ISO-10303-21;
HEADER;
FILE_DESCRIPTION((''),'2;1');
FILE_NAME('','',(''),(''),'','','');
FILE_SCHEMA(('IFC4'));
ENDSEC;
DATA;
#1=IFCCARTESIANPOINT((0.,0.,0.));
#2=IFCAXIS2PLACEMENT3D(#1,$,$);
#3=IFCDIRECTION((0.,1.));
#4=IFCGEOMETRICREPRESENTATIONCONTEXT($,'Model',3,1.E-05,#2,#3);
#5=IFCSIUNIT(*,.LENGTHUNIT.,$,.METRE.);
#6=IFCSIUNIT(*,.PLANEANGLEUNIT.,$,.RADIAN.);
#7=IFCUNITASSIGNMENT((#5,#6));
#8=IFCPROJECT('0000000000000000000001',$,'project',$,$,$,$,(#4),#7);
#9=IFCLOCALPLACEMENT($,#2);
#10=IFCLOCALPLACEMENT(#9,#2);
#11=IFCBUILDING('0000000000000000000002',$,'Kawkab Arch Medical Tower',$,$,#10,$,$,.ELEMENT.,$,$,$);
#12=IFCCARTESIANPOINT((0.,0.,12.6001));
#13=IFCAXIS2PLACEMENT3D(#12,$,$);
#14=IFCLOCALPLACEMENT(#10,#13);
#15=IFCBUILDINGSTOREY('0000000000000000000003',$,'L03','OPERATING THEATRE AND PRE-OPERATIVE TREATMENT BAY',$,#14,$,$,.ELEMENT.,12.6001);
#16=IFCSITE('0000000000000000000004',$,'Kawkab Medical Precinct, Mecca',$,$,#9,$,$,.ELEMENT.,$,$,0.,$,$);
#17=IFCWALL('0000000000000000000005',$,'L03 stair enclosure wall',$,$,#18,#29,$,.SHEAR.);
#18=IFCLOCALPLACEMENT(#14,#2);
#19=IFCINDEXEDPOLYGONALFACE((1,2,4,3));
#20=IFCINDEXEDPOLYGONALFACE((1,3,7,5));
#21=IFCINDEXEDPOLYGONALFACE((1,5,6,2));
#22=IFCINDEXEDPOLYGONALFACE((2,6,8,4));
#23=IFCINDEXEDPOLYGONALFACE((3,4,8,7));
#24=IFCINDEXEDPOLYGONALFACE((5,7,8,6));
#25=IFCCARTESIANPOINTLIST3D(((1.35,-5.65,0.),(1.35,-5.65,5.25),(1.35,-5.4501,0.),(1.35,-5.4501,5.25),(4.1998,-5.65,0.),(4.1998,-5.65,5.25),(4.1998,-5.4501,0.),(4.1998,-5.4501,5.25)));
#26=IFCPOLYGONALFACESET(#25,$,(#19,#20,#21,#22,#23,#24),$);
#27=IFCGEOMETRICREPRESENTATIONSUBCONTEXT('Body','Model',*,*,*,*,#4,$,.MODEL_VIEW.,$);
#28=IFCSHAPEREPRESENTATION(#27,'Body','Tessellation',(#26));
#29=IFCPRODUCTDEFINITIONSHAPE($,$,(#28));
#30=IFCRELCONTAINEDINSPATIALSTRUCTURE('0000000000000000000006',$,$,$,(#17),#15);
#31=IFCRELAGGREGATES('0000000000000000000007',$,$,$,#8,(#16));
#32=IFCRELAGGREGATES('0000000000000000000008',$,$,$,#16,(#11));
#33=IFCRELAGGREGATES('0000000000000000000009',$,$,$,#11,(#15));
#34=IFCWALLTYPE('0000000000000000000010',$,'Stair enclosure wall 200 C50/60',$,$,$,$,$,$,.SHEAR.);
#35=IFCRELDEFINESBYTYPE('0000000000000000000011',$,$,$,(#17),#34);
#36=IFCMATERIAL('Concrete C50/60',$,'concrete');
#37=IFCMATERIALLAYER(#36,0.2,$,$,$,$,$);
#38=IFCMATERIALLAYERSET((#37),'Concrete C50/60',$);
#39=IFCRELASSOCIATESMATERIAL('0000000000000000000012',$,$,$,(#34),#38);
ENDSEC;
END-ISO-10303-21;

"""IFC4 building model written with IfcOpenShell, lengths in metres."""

from ifc_helpers import new_model, si_unit, direction, frame, frame_2d, origin, place, context, subcontext, project, spatial, rectangle, extrude, material, layer, layer_set, type_object, element, save


model = new_model("IFC4")

# Units and contexts
model_context = context("Model", 3, precision=1e-05, world=origin(), true_north=direction((0.0, 1.0)))
body_context = subcontext(model_context, "Body", "Model", "MODEL_VIEW")
ifc_project = project(units=[si_unit("LENGTHUNIT", "METRE"), si_unit("PLANEANGLEUNIT", "RADIAN")], contexts=[model_context])

# Site, building, storey
site_placement = place(None, origin())
site = spatial("IfcSite", under=ifc_project, at=site_placement, Name="Kawkab Medical Precinct, Mecca", CompositionType="ELEMENT", RefElevation=0.0)
building_placement = place(site_placement, origin())
building = spatial("IfcBuilding", under=site, at=building_placement, Name="Kawkab Arch Medical Tower", CompositionType="ELEMENT")
storey_placement = place(building_placement, frame((0.0, 0.0, 12.6001)))
storey = spatial("IfcBuildingStorey", under=building, at=storey_placement, Name="L03", Description="OPERATING THEATRE AND PRE-OPERATIVE TREATMENT BAY", CompositionType="ELEMENT", Elevation=12.6001)

# Wall
ifc_material_1 = material(Name="Concrete C50/60", Category="concrete")
ifc_layer_1 = layer(ifc_material_1, 0.2)
ifc_layer_set_1 = layer_set([ifc_layer_1], Name="Concrete C50/60")
wall_type_1 = type_object("IfcWallType", Name="Stair enclosure wall 200 C50/60", PredefinedType="SHEAR", material=ifc_layer_set_1)
wall_1_placement = place(storey_placement, frame((1.3501, -5.55, 0.0), z_axis=(0.0, 0.0, 1.0), x_axis=(1.0, 0.0, 0.0)))
element("IfcWall", 1, at=wall_1_placement, inside=storey, type_object=wall_type_1, Name="L03 stair enclosure wall", PredefinedType="SHEAR", context=body_context, shape_type="SweptSolid", body=[
    extrude(rectangle(XDim=2.8499, YDim=0.2, at=frame_2d((1.4248, 0.0))), origin(), (0.0, 0.0, 1.0), 5.25),
])

save(model, "model.ifc")
